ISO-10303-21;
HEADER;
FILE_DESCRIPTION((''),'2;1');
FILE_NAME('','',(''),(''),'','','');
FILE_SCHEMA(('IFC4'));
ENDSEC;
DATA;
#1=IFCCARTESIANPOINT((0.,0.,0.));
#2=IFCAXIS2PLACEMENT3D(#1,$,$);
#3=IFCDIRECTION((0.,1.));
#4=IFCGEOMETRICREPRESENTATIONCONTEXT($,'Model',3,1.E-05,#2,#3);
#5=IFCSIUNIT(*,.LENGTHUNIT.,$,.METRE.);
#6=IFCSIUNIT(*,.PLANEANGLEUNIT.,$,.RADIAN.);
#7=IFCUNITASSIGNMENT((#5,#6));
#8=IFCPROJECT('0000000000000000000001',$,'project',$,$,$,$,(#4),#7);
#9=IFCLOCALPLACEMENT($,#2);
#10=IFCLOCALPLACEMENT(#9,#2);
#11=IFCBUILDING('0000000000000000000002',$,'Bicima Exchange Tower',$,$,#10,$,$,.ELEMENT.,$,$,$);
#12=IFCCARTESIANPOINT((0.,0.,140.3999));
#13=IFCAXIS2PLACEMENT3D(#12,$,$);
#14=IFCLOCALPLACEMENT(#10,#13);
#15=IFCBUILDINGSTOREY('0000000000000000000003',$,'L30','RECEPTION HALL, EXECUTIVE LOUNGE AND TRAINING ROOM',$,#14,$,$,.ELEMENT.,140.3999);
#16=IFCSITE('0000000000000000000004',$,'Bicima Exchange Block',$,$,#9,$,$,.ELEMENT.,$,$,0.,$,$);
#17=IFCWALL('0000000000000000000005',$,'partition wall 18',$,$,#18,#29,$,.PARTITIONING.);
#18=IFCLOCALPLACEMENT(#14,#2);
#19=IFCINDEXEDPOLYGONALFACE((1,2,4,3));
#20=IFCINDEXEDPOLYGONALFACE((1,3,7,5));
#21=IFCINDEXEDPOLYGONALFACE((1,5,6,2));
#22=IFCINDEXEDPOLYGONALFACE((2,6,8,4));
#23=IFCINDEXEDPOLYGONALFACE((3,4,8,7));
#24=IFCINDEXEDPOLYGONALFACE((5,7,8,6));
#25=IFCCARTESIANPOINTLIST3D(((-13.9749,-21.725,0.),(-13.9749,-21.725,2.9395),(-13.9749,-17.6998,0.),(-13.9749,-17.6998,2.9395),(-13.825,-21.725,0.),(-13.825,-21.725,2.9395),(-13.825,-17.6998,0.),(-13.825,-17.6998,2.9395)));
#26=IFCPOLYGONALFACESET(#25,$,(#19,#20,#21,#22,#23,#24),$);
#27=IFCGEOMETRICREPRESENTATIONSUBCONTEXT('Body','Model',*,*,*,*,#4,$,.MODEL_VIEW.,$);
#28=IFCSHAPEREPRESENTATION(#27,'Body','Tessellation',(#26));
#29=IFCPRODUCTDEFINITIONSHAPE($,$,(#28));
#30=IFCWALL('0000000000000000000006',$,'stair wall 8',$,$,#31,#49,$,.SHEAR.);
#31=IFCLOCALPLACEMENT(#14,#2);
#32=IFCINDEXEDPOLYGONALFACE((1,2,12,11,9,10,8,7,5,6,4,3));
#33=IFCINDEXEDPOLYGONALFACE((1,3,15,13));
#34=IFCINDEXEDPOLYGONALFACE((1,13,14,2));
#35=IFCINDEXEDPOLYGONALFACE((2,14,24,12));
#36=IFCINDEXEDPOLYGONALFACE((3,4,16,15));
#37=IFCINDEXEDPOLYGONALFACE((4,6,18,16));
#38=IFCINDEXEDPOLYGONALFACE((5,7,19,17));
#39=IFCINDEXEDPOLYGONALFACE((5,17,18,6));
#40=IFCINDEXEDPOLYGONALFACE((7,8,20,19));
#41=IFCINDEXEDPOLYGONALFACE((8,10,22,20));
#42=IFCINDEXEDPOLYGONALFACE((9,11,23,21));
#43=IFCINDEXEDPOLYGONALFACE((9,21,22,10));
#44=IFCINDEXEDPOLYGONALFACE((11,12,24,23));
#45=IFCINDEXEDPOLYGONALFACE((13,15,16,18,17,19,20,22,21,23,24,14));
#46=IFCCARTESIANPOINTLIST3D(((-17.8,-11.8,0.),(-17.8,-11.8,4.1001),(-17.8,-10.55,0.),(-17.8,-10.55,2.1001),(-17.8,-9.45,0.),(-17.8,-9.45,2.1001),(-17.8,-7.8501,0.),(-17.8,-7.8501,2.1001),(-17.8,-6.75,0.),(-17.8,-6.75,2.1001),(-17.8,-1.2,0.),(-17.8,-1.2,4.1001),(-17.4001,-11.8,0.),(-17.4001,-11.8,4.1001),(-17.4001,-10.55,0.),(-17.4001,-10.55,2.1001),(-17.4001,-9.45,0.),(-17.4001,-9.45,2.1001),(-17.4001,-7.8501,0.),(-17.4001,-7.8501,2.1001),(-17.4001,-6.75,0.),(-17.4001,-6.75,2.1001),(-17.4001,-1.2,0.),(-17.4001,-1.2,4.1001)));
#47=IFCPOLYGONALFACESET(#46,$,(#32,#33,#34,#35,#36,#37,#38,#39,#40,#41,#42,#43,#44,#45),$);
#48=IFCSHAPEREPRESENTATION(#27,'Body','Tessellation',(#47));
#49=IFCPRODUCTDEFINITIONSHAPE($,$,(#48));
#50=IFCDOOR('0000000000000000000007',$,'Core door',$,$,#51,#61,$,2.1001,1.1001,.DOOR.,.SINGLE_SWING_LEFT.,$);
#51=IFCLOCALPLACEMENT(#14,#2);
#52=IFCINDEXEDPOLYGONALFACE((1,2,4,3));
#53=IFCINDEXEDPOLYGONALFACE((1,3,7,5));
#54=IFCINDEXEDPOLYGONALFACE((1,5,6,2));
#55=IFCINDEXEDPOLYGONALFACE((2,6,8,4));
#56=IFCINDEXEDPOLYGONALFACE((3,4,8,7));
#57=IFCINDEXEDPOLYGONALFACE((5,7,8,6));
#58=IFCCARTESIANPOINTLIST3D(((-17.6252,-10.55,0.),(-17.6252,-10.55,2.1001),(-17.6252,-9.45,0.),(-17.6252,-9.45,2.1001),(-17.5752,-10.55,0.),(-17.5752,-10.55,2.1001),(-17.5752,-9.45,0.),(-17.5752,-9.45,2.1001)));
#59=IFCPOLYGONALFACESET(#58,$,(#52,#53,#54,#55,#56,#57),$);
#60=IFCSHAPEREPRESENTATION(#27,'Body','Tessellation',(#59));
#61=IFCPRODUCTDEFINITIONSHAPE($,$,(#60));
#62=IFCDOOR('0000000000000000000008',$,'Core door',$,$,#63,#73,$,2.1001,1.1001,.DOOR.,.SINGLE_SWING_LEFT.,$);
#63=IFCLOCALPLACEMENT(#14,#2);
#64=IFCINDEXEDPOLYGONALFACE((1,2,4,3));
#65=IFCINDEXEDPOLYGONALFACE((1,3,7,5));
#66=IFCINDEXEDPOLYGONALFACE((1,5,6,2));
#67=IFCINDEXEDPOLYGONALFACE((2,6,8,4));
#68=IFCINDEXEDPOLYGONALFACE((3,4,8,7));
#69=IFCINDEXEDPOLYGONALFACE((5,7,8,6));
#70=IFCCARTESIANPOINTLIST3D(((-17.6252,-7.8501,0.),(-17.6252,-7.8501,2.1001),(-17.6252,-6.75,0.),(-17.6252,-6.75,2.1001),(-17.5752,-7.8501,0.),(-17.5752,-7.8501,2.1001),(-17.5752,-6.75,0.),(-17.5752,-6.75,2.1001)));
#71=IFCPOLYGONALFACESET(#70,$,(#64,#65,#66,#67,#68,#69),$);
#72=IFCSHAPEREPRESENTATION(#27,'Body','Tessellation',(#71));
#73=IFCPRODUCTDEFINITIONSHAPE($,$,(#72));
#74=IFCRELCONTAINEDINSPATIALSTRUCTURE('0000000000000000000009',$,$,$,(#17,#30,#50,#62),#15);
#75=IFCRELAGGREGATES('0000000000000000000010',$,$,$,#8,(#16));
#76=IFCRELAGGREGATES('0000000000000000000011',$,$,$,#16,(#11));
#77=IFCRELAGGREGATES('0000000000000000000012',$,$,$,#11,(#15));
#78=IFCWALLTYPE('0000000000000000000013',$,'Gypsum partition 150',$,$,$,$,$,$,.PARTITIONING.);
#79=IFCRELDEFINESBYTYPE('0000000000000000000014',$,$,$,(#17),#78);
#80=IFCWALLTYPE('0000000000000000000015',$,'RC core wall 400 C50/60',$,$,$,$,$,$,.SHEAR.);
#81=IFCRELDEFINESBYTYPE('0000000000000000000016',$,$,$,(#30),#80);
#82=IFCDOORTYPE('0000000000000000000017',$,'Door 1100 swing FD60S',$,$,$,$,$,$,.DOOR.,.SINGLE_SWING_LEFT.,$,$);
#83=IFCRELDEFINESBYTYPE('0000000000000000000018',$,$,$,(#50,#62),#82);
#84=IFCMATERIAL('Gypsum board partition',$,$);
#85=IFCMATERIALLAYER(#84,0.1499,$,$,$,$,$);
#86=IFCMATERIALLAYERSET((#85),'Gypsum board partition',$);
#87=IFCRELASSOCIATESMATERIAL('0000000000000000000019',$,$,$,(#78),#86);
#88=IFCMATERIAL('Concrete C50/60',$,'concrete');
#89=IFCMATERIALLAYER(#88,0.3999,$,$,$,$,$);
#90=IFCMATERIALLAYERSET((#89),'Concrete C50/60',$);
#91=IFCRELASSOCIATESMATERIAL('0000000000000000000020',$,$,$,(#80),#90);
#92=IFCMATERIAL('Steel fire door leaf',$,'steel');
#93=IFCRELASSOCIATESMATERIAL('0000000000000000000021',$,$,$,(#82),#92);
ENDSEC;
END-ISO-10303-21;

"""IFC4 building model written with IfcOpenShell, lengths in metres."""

from ifc_helpers import new_model, si_unit, direction, frame, frame_2d, origin, place, context, subcontext, project, spatial, rectangle, extrude, material, layer, layer_set, type_object, element, fill, save


model = new_model("IFC4")

# Units and contexts
model_context = context("Model", 3, precision=1e-05, world=origin(), true_north=direction((0.0, 1.0)))
body_context = subcontext(model_context, "Body", "Model", "MODEL_VIEW")
ifc_project = project(units=[si_unit("LENGTHUNIT", "METRE"), si_unit("PLANEANGLEUNIT", "RADIAN")], contexts=[model_context])

# Site, building, storey
site_placement = place(None, origin())
site = spatial("IfcSite", under=ifc_project, at=site_placement, Name="Bicima Exchange Block", CompositionType="ELEMENT", RefElevation=0.0)
building_placement = place(site_placement, origin())
building = spatial("IfcBuilding", under=site, at=building_placement, Name="Bicima Exchange Tower", CompositionType="ELEMENT")
storey_placement = place(building_placement, frame((0.0, 0.0, 140.3999)))
storey = spatial("IfcBuildingStorey", under=building, at=storey_placement, Name="L30", Description="RECEPTION HALL, EXECUTIVE LOUNGE AND TRAINING ROOM", CompositionType="ELEMENT", Elevation=140.3999)

# Shared definitions
ifc_material_1 = material(Name="Gypsum board partition")
ifc_material_2 = material(Name="Steel fire door leaf", Category="steel")

# Wall
ifc_layer_1 = layer(ifc_material_1, 0.1499)
ifc_layer_set_1 = layer_set([ifc_layer_1], Name="Gypsum board partition")
wall_type_1 = type_object("IfcWallType", Name="Gypsum partition 150", PredefinedType="PARTITIONING", material=ifc_layer_set_1)
for number, where, z_axis, x_axis, name in (
    (1, (-13.8999, -21.7251, 0.0), (0.0, 0.0, 1.0), (0.0, 1.0, 0.0), "partition wall 18"),
):
    element("IfcWall", number, at=place(storey_placement, frame(where, z_axis=z_axis, x_axis=x_axis)), inside=storey, type_object=wall_type_1, Name=name, PredefinedType="PARTITIONING", context=body_context, shape_type="SweptSolid", body=[
        extrude(rectangle(XDim=4.0251, YDim=0.1499, at=frame_2d((2.0127, 0.0))), origin(), (0.0, 0.0, 1.0), 2.9395),
    ])

# Wall, openings, doors
ifc_material_3 = material(Name="Concrete C50/60", Category="concrete")
ifc_layer_2 = layer(ifc_material_3, 0.3999)
ifc_layer_set_2 = layer_set([ifc_layer_2], Name="Concrete C50/60")
wall_type_2 = type_object("IfcWallType", Name="RC core wall 400 C50/60", PredefinedType="SHEAR", material=ifc_layer_set_2)
wall_1_placement = place(storey_placement, frame((-17.6001, -11.8, 0.0), z_axis=(0.0, 0.0, 1.0), x_axis=(0.0, 1.0, 0.0)))
wall_1 = element("IfcWall", 2, at=wall_1_placement, inside=storey, type_object=wall_type_2, Name="stair wall 8", PredefinedType="SHEAR", context=body_context, shape_type="SweptSolid", body=[
    extrude(rectangle(XDim=10.6001, YDim=0.3999, at=frame_2d((5.3, 0.0))), origin(), (0.0, 0.0, 1.0), 4.1001),
])
opening_1_placement = place(wall_1_placement, frame((1.25, 0.0, 0.0)))
opening_1 = element("IfcOpeningElement", 3, at=opening_1_placement, cuts=wall_1, PredefinedType="OPENING", context=body_context, shape_type="SweptSolid", body=[
    extrude(rectangle(XDim=1.1001, YDim=2.1001, at=frame_2d((0.55, 1.05))), frame((0.0, 0.2119, 0.0), z_axis=(0.0, -1.0, 0.0), x_axis=(1.0, 0.0, 0.0)), (0.0, 0.0, 1.0), 0.4238),
])
opening_2_placement = place(wall_1_placement, frame((3.95, 0.0, 0.0)))
opening_2 = element("IfcOpeningElement", 4, at=opening_2_placement, cuts=wall_1, PredefinedType="OPENING", context=body_context, shape_type="SweptSolid", body=[
    extrude(rectangle(XDim=1.1001, YDim=2.1001, at=frame_2d((0.55, 1.05))), frame((0.0, 0.2119, 0.0), z_axis=(0.0, -1.0, 0.0), x_axis=(1.0, 0.0, 0.0)), (0.0, 0.0, 1.0), 0.4238),
])
door_type_1 = type_object("IfcDoorType", Name="Door 1100 swing FD60S", OperationType="SINGLE_SWING_LEFT", PredefinedType="DOOR", material=ifc_material_2)
door_1_placement = place(opening_1_placement, frame((1.1001, 0.0, 0.0), z_axis=(0.0, 0.0, 1.0), x_axis=(-1.0, 0.0, 0.0)))
door_1 = element("IfcDoor", 5, at=door_1_placement, inside=storey, type_object=door_type_1, Name="Core door", OperationType="SINGLE_SWING_LEFT", OverallHeight=2.1001, OverallWidth=1.1001, PredefinedType="DOOR", context=body_context, shape_type="SweptSolid", body=[
    extrude(rectangle(XDim=1.1001, YDim=2.1001, at=frame_2d((0.55, 1.05))), frame((0.0, 0.0249, 0.0), z_axis=(0.0, -1.0, 0.0), x_axis=(1.0, 0.0, 0.0)), (0.0, 0.0, 1.0), 0.05),
])
fill(opening_1, door_1)
door_2_placement = place(opening_2_placement, frame((1.1001, 0.0, 0.0), z_axis=(0.0, 0.0, 1.0), x_axis=(-1.0, 0.0, 0.0)))
door_2 = element("IfcDoor", 6, at=door_2_placement, inside=storey, type_object=door_type_1, Name="Core door", OperationType="SINGLE_SWING_LEFT", OverallHeight=2.1001, OverallWidth=1.1001, PredefinedType="DOOR", context=body_context, shape_type="SweptSolid", body=[
    extrude(rectangle(XDim=1.1001, YDim=2.1001, at=frame_2d((0.55, 1.05))), frame((0.0, 0.0249, 0.0), z_axis=(0.0, -1.0, 0.0), x_axis=(1.0, 0.0, 0.0)), (0.0, 0.0, 1.0), 0.05),
])
fill(opening_2, door_2)

save(model, "model.ifc")
